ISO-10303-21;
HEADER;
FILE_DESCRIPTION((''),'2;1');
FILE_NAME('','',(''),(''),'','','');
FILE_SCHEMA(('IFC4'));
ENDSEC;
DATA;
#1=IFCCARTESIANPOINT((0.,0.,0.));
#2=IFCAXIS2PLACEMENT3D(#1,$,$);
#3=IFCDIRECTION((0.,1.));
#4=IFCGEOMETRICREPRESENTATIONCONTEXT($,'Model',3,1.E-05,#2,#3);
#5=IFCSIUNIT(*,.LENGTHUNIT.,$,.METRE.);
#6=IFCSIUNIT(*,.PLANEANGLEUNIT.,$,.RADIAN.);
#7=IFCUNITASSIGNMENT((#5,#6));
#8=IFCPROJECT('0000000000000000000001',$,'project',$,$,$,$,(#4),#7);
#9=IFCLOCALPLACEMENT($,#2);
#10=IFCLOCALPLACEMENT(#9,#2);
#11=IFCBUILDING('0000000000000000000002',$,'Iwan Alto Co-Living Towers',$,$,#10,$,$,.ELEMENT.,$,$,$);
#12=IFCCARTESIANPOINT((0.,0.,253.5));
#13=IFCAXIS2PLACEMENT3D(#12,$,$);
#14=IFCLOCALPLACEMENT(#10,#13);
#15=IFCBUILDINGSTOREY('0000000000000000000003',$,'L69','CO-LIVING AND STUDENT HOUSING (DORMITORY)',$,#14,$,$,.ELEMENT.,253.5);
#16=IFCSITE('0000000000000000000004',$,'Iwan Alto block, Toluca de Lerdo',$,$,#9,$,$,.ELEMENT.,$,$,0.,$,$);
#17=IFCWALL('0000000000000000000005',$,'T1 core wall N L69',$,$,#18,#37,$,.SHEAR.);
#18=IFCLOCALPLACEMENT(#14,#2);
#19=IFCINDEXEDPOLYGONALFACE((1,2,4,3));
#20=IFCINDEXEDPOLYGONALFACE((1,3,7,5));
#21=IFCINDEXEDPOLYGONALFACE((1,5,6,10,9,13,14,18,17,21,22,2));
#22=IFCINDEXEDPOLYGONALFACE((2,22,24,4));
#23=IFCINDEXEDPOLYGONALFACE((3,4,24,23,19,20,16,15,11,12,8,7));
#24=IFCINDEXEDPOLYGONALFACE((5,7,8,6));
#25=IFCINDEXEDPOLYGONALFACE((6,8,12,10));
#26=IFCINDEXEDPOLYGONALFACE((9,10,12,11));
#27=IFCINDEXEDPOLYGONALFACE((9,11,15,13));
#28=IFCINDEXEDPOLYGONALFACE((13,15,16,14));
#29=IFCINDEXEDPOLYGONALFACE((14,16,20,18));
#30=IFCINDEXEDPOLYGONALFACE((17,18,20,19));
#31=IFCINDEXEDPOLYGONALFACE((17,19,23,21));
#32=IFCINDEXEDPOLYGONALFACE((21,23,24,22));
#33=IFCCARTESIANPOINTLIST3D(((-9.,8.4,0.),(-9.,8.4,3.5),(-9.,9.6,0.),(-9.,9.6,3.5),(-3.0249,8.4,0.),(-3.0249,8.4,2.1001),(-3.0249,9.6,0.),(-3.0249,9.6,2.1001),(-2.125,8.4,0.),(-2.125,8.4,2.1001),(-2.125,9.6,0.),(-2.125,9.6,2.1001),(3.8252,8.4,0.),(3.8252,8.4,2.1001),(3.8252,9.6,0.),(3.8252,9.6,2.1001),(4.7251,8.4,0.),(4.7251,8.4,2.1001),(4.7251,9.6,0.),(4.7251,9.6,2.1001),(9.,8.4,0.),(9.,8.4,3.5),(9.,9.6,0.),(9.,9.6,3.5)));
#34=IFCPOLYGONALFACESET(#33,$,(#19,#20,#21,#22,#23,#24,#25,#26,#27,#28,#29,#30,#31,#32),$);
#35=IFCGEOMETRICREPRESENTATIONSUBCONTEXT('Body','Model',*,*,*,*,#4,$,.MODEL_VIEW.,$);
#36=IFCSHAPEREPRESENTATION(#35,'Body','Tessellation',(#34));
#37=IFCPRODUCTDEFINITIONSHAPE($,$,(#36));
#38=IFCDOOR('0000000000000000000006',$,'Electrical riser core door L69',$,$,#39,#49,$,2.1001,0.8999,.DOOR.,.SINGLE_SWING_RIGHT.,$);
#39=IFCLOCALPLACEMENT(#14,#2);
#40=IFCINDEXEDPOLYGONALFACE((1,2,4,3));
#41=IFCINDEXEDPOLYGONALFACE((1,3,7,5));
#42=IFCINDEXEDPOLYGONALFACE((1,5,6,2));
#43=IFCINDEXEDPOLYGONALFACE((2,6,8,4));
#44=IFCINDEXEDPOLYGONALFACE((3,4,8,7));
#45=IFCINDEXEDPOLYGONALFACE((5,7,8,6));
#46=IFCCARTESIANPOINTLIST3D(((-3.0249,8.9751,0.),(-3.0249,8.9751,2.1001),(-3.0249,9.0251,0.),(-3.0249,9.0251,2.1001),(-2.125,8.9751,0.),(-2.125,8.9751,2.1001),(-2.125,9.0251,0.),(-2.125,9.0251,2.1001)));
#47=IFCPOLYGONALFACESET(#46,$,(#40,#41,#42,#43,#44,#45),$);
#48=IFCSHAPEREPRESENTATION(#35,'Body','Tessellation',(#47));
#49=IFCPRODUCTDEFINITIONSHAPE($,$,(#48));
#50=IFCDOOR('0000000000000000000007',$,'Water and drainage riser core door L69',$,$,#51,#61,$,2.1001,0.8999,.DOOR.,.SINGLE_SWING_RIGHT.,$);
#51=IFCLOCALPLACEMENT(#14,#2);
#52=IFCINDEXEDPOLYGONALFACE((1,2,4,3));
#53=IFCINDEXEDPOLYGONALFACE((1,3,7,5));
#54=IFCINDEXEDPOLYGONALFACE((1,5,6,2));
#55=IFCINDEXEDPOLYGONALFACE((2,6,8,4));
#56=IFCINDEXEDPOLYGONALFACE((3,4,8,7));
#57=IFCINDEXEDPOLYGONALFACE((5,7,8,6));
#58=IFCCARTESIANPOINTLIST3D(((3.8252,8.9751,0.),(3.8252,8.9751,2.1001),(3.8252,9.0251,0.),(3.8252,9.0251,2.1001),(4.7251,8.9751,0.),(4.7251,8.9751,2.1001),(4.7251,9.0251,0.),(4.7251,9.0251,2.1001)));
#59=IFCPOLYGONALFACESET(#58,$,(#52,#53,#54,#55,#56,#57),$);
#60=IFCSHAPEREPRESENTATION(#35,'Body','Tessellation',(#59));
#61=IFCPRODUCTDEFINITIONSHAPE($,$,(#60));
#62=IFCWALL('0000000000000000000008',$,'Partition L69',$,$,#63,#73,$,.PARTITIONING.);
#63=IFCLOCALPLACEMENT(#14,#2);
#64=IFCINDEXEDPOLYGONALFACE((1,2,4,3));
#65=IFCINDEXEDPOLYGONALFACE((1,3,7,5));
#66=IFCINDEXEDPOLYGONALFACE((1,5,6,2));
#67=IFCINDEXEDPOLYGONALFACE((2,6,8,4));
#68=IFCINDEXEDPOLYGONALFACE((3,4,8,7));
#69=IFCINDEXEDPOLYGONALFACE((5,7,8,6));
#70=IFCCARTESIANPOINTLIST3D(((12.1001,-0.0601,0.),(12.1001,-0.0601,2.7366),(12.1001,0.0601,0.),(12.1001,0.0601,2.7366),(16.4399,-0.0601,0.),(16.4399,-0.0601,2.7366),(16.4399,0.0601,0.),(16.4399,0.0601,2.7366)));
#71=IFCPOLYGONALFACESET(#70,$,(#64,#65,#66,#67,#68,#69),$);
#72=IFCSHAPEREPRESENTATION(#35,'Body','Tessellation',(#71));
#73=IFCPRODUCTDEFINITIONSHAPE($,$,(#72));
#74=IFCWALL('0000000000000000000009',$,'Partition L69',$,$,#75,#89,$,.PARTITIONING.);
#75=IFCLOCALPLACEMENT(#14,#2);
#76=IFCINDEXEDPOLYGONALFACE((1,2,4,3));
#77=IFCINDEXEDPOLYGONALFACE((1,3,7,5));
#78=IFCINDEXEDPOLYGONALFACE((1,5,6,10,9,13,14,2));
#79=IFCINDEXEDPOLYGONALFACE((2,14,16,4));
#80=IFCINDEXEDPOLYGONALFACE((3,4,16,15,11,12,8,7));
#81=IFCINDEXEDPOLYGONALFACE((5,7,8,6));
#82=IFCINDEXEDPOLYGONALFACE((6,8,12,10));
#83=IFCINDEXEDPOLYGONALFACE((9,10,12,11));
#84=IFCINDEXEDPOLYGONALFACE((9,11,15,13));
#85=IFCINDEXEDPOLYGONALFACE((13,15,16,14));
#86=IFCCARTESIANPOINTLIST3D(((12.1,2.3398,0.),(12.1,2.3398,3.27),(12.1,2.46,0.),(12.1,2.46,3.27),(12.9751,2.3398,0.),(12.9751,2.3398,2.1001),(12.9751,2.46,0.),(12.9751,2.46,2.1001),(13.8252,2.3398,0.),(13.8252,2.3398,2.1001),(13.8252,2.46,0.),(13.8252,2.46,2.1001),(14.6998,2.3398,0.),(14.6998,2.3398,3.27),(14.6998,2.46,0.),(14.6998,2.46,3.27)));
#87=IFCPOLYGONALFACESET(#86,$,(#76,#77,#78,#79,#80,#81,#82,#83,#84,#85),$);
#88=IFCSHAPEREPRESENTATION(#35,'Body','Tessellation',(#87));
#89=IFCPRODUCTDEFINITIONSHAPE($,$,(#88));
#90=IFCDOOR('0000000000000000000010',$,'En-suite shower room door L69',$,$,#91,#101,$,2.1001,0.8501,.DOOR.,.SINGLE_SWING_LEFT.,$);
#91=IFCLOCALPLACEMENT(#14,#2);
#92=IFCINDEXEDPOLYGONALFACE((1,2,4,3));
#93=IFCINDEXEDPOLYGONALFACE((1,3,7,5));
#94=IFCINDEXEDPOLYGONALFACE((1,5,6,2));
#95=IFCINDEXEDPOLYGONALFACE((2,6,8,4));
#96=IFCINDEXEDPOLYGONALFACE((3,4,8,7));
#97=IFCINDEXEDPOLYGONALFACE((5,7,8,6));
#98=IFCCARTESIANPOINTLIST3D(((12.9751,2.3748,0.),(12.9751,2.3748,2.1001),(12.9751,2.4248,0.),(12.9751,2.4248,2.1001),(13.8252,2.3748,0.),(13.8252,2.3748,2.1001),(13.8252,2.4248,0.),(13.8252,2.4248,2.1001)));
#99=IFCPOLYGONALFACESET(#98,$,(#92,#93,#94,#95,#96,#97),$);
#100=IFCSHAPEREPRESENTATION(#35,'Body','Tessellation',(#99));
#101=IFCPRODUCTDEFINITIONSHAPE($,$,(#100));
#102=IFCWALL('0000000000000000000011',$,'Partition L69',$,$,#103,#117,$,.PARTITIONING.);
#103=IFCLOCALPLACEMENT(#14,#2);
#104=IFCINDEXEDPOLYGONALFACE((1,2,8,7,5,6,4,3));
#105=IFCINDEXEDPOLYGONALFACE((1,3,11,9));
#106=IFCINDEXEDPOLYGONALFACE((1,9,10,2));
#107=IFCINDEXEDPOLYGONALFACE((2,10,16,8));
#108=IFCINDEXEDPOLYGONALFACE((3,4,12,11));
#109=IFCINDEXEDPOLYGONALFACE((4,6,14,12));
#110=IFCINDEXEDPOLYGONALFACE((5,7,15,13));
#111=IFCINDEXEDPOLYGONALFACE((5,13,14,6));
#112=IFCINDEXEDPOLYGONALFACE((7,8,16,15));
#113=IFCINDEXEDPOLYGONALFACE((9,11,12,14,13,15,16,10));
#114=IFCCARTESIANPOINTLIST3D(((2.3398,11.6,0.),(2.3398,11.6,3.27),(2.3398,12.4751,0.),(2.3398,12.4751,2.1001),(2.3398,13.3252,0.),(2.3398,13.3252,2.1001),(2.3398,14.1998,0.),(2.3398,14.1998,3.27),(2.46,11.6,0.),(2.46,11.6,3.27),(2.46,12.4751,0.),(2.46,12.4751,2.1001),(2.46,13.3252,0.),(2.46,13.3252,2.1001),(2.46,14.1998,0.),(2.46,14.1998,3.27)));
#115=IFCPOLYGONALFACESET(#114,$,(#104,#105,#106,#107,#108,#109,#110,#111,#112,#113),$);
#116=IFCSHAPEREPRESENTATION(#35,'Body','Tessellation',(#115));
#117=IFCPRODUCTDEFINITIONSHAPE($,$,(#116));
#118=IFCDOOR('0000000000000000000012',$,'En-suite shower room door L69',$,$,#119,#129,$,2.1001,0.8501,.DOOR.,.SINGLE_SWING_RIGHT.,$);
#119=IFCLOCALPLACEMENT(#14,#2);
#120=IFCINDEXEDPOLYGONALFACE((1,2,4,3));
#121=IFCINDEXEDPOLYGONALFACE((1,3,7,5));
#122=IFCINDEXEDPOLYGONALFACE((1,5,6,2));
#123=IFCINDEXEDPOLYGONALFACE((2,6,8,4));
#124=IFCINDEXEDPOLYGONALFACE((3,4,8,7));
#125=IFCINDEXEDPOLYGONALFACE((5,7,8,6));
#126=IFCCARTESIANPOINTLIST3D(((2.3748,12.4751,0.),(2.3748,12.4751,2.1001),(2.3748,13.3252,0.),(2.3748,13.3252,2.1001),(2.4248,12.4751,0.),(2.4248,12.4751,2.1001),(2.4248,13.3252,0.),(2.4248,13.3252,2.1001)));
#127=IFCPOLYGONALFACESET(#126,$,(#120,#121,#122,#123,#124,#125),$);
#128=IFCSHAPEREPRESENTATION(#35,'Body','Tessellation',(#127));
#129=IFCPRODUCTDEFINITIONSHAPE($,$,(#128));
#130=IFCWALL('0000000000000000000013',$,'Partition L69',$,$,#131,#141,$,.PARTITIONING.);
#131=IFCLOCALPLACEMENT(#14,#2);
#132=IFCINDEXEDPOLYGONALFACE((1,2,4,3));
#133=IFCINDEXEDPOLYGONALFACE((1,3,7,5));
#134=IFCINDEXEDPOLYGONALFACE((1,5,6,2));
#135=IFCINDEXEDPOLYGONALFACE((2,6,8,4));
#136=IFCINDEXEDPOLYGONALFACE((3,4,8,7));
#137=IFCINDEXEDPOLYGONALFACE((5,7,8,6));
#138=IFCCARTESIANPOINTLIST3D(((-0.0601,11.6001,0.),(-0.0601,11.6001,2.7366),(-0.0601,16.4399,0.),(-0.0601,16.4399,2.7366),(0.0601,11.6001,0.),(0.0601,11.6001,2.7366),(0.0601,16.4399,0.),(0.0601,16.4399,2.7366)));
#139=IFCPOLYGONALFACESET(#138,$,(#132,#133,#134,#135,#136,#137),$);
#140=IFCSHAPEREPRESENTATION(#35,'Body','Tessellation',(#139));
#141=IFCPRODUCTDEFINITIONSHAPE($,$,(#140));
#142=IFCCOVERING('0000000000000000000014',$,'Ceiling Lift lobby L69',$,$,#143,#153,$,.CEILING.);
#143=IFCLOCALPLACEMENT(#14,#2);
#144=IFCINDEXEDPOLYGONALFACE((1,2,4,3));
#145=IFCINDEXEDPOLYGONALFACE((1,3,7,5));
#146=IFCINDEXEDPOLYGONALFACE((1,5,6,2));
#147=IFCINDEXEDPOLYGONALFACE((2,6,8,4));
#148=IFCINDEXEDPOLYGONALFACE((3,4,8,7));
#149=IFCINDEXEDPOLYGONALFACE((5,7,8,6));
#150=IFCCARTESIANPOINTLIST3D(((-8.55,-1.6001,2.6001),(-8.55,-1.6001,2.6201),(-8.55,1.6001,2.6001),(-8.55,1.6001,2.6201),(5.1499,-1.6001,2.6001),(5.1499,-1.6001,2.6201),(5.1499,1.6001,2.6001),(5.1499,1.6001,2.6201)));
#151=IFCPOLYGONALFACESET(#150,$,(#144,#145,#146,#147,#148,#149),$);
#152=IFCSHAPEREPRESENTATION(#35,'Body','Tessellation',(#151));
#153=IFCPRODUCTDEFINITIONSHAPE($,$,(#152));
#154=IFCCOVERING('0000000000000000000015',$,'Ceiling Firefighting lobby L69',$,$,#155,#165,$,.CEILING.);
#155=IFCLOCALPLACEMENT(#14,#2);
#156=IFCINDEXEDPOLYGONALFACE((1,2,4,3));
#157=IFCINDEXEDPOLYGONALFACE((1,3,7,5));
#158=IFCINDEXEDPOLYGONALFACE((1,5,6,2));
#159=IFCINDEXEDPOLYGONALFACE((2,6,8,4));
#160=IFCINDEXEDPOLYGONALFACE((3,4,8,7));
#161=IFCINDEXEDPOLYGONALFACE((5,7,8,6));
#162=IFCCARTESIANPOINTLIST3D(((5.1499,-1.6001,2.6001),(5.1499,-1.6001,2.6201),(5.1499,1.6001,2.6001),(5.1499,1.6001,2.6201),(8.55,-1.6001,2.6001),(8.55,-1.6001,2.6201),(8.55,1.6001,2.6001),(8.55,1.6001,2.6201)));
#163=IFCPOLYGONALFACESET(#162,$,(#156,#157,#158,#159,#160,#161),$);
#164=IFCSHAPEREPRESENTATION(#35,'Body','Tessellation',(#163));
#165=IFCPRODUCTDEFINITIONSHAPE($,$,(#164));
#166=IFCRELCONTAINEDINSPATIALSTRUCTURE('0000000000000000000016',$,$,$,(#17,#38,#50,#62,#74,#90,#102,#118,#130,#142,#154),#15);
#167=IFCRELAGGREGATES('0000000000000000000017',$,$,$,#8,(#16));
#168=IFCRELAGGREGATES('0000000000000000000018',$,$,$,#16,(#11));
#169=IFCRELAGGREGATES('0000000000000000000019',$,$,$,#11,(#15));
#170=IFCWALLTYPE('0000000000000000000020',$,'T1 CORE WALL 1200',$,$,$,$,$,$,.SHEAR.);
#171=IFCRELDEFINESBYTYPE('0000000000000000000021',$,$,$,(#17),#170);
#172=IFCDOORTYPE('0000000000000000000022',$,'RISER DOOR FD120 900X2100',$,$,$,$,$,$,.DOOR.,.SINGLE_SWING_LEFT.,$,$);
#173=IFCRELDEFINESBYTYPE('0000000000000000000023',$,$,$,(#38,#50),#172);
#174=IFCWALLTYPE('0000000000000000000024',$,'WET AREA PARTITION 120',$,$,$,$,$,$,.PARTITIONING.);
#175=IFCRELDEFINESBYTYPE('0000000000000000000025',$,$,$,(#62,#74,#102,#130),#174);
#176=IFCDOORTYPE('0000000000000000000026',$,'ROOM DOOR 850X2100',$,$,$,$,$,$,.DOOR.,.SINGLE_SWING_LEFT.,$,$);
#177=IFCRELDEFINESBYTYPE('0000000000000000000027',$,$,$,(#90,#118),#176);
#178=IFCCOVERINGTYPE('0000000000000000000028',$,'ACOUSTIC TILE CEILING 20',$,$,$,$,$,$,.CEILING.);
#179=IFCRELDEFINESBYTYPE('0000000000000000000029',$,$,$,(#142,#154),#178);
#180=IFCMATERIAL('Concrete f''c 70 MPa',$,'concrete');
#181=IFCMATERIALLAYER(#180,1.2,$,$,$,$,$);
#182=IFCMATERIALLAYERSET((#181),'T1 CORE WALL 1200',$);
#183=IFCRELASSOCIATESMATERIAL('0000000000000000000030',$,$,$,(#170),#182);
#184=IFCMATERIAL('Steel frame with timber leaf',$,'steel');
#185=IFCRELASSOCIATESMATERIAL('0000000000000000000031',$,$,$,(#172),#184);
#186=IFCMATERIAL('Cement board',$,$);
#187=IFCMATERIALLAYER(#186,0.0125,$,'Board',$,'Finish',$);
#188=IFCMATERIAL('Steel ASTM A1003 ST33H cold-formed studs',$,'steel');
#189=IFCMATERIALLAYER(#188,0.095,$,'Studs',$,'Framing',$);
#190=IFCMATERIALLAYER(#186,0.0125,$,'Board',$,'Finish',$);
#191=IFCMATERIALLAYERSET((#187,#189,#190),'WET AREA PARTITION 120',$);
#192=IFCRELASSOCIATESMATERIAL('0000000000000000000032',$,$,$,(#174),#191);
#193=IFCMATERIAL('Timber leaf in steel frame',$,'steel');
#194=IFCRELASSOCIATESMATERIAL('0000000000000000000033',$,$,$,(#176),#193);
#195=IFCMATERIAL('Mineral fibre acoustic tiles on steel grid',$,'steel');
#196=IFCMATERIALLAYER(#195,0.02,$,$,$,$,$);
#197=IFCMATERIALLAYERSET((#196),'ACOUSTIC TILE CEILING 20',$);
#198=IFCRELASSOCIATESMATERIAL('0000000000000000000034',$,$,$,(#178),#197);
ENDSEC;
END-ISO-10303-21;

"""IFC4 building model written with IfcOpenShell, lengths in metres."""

from ifc_helpers import new_model, si_unit, direction, frame, frame_2d, origin, place, context, subcontext, project, spatial, polyline, rectangle, outline, extrude, material, layer, layer_set, type_object, element, fill, save


model = new_model("IFC4")

# Units and contexts
model_context = context("Model", 3, precision=1e-05, world=origin(), true_north=direction((0.0, 1.0)))
body_context = subcontext(model_context, "Body", "Model", "MODEL_VIEW")
ifc_project = project(units=[si_unit("LENGTHUNIT", "METRE"), si_unit("PLANEANGLEUNIT", "RADIAN")], contexts=[model_context])

# Site, building, storey
site_placement = place(None, origin())
site = spatial("IfcSite", under=ifc_project, at=site_placement, Name="Iwan Alto block, Toluca de Lerdo", CompositionType="ELEMENT", RefElevation=0.0)
building_placement = place(site_placement, origin())
building = spatial("IfcBuilding", under=site, at=building_placement, Name="Iwan Alto Co-Living Towers", CompositionType="ELEMENT")
storey_placement = place(building_placement, frame((0.0, 0.0, 253.5)))
storey = spatial("IfcBuildingStorey", under=building, at=storey_placement, Name="L69", Description="CO-LIVING AND STUDENT HOUSING (DORMITORY)", CompositionType="ELEMENT", Elevation=253.5)

# Shared definitions
ifc_material_1 = material(Name="Steel ASTM A1003 ST33H cold-formed studs", Category="steel")

# Wall, openings, doors
ifc_material_2 = material(Name="Concrete f'c 70 MPa", Category="concrete")
ifc_layer_1 = layer(ifc_material_2, 1.2)
ifc_layer_set_1 = layer_set([ifc_layer_1], Name="T1 CORE WALL 1200")
wall_type_1 = type_object("IfcWallType", Name="T1 CORE WALL 1200", PredefinedType="SHEAR", material=ifc_layer_set_1)
wall_1_placement = place(storey_placement, frame((9.0, 9.0, 0.0), z_axis=(0.0, 0.0, 1.0), x_axis=(-1.0, 0.0, 0.0)))
wall_1 = element("IfcWall", 1, at=wall_1_placement, inside=storey, type_object=wall_type_1, Name="T1 core wall N L69", PredefinedType="SHEAR", context=body_context, shape_type="SweptSolid", body=[
    extrude(rectangle(XDim=18.0, YDim=1.2, at=frame_2d((9.0, 0.0))), origin(), (0.0, 0.0, 1.0), 3.5),
])
opening_1_placement = place(wall_1_placement, frame((11.125, 0.0, 0.0)))
opening_1 = element("IfcOpeningElement", 2, at=opening_1_placement, cuts=wall_1, PredefinedType="OPENING", context=body_context, shape_type="SweptSolid", body=[
    extrude(rectangle(XDim=0.8999, YDim=2.1001, at=frame_2d((0.45, 1.05))), frame((0.0, 0.6099, 0.0), z_axis=(0.0, -1.0, 0.0), x_axis=(1.0, 0.0, 0.0)), (0.0, 0.0, 1.0), 1.22),
])
opening_2_placement = place(wall_1_placement, frame((4.2749, 0.0, 0.0)))
opening_2 = element("IfcOpeningElement", 3, at=opening_2_placement, cuts=wall_1, PredefinedType="OPENING", context=body_context, shape_type="SweptSolid", body=[
    extrude(rectangle(XDim=0.8999, YDim=2.1001, at=frame_2d((0.45, 1.05))), frame((0.0, 0.6099, 0.0), z_axis=(0.0, -1.0, 0.0), x_axis=(1.0, 0.0, 0.0)), (0.0, 0.0, 1.0), 1.22),
])
ifc_material_3 = material(Name="Steel frame with timber leaf", Category="steel")
door_type_1 = type_object("IfcDoorType", Name="RISER DOOR FD120 900X2100", OperationType="SINGLE_SWING_LEFT", PredefinedType="DOOR", material=ifc_material_3)
door_1_placement = place(opening_1_placement, origin())
door_1 = element("IfcDoor", 4, at=door_1_placement, inside=storey, type_object=door_type_1, Name="Electrical riser core door L69", OperationType="SINGLE_SWING_RIGHT", OverallHeight=2.1001, OverallWidth=0.8999, PredefinedType="DOOR", context=body_context, shape_type="SweptSolid", body=[
    extrude(rectangle(XDim=0.8999, YDim=2.1001, at=frame_2d((0.45, 1.05))), frame((0.0, 0.0249, 0.0), z_axis=(0.0, -1.0, 0.0), x_axis=(1.0, 0.0, 0.0)), (0.0, 0.0, 1.0), 0.05),
])
fill(opening_1, door_1)
door_2_placement = place(opening_2_placement, origin())
door_2 = element("IfcDoor", 5, at=door_2_placement, inside=storey, type_object=door_type_1, Name="Water and drainage riser core door L69", OperationType="SINGLE_SWING_RIGHT", OverallHeight=2.1001, OverallWidth=0.8999, PredefinedType="DOOR", context=body_context, shape_type="SweptSolid", body=[
    extrude(rectangle(XDim=0.8999, YDim=2.1001, at=frame_2d((0.45, 1.05))), frame((0.0, 0.0249, 0.0), z_axis=(0.0, -1.0, 0.0), x_axis=(1.0, 0.0, 0.0)), (0.0, 0.0, 1.0), 0.05),
])
fill(opening_2, door_2)

# Wall
ifc_material_4 = material(Name="Cement board")
ifc_layer_2 = layer(ifc_material_4, 0.0125, Name="Board", Category="Finish")
ifc_layer_3 = layer(ifc_material_1, 0.095, Name="Studs", Category="Framing")
ifc_layer_4 = layer(ifc_material_4, 0.0125, Name="Board", Category="Finish")
ifc_layer_set_2 = layer_set([ifc_layer_2, ifc_layer_3, ifc_layer_4], Name="WET AREA PARTITION 120")
wall_type_2 = type_object("IfcWallType", Name="WET AREA PARTITION 120", PredefinedType="PARTITIONING", material=ifc_layer_set_2)
wall_2_placement = place(storey_placement, frame((12.1001, 0.0, 0.0), z_axis=(0.0, 0.0, 1.0), x_axis=(1.0, 0.0, 0.0)))
element("IfcWall", 6, at=wall_2_placement, inside=storey, type_object=wall_type_2, Name="Partition L69", PredefinedType="PARTITIONING", context=body_context, shape_type="SweptSolid", body=[
    extrude(rectangle(XDim=4.3398, YDim=0.1201, at=frame_2d((2.1699, 0.0))), origin(), (0.0, 0.0, 1.0), 2.7366),
])

# Walls, openings, doors
wall_3_placement = place(storey_placement, frame((12.1001, 2.3999, 0.0), z_axis=(0.0, 0.0, 1.0), x_axis=(1.0, 0.0, 0.0)))
wall_3 = element("IfcWall", 7, at=wall_3_placement, inside=storey, type_object=wall_type_2, Name="Partition L69", PredefinedType="PARTITIONING", context=body_context, shape_type="SweptSolid", body=[
    extrude(rectangle(XDim=2.5999, YDim=0.1201, at=frame_2d((1.2998, 0.0))), origin(), (0.0, 0.0, 1.0), 3.27),
])
opening_3_placement = place(wall_3_placement, frame((0.875, 0.0, 0.0)))
opening_3 = element("IfcOpeningElement", 8, at=opening_3_placement, cuts=wall_3, PredefinedType="OPENING", context=body_context, shape_type="SweptSolid", body=[
    extrude(rectangle(XDim=0.8501, YDim=2.1001, at=frame_2d((0.425, 1.05))), frame((0.0, 0.0701, 0.0), z_axis=(0.0, -1.0, 0.0), x_axis=(1.0, 0.0, 0.0)), (0.0, 0.0, 1.0), 0.1401),
])
ifc_material_5 = material(Name="Timber leaf in steel frame", Category="steel")
door_type_2 = type_object("IfcDoorType", Name="ROOM DOOR 850X2100", OperationType="SINGLE_SWING_LEFT", PredefinedType="DOOR", material=ifc_material_5)
door_3_placement = place(opening_3_placement, origin())
door_3 = element("IfcDoor", 9, at=door_3_placement, inside=storey, type_object=door_type_2, Name="En-suite shower room door L69", OperationType="SINGLE_SWING_LEFT", OverallHeight=2.1001, OverallWidth=0.8501, PredefinedType="DOOR", context=body_context, shape_type="SweptSolid", body=[
    extrude(rectangle(XDim=0.8501, YDim=2.1001, at=frame_2d((0.425, 1.05))), frame((0.0, 0.0249, 0.0), z_axis=(0.0, -1.0, 0.0), x_axis=(1.0, 0.0, 0.0)), (0.0, 0.0, 1.0), 0.05),
])
fill(opening_3, door_3)
wall_4_placement = place(storey_placement, frame((2.3999, 11.6001, 0.0), z_axis=(0.0, 0.0, 1.0), x_axis=(0.0, 1.0, 0.0)))
wall_4 = element("IfcWall", 10, at=wall_4_placement, inside=storey, type_object=wall_type_2, Name="Partition L69", PredefinedType="PARTITIONING", context=body_context, shape_type="SweptSolid", body=[
    extrude(rectangle(XDim=2.5999, YDim=0.1201, at=frame_2d((1.2998, 0.0))), origin(), (0.0, 0.0, 1.0), 3.27),
])
opening_4_placement = place(wall_4_placement, frame((0.875, 0.0, 0.0)))
opening_4 = element("IfcOpeningElement", 11, at=opening_4_placement, cuts=wall_4, PredefinedType="OPENING", context=body_context, shape_type="SweptSolid", body=[
    extrude(rectangle(XDim=0.8501, YDim=2.1001, at=frame_2d((0.425, 1.05))), frame((0.0, 0.0701, 0.0), z_axis=(0.0, -1.0, 0.0), x_axis=(1.0, 0.0, 0.0)), (0.0, 0.0, 1.0), 0.1401),
])
door_4_placement = place(opening_4_placement, frame((0.8501, 0.0, 0.0), z_axis=(0.0, 0.0, 1.0), x_axis=(-1.0, 0.0, 0.0)))
door_4 = element("IfcDoor", 12, at=door_4_placement, inside=storey, type_object=door_type_2, Name="En-suite shower room door L69", OperationType="SINGLE_SWING_RIGHT", OverallHeight=2.1001, OverallWidth=0.8501, PredefinedType="DOOR", context=body_context, shape_type="SweptSolid", body=[
    extrude(rectangle(XDim=0.8501, YDim=2.1001, at=frame_2d((0.425, 1.05))), frame((0.0, 0.0249, 0.0), z_axis=(0.0, -1.0, 0.0), x_axis=(1.0, 0.0, 0.0)), (0.0, 0.0, 1.0), 0.05),
])
fill(opening_4, door_4)

# Wall
wall_5_placement = place(storey_placement, frame((0.0, 11.6001, 0.0), z_axis=(0.0, 0.0, 1.0), x_axis=(0.0, 1.0, 0.0)))
element("IfcWall", 13, at=wall_5_placement, inside=storey, type_object=wall_type_2, Name="Partition L69", PredefinedType="PARTITIONING", context=body_context, shape_type="SweptSolid", body=[
    extrude(rectangle(XDim=4.8398, YDim=0.1201, at=frame_2d((2.4199, 0.0))), origin(), (0.0, 0.0, 1.0), 2.7366),
])

# Coverings
ifc_material_6 = material(Name="Mineral fibre acoustic tiles on steel grid", Category="steel")
ifc_layer_5 = layer(ifc_material_6, 0.02)
ifc_layer_set_3 = layer_set([ifc_layer_5], Name="ACOUSTIC TILE CEILING 20")
covering_type_1 = type_object("IfcCoveringType", Name="ACOUSTIC TILE CEILING 20", PredefinedType="CEILING", material=ifc_layer_set_3)
covering_1_placement = place(storey_placement, frame((0.0, 0.0, 2.6001)))
element("IfcCovering", 14, at=covering_1_placement, inside=storey, type_object=covering_type_1, Name="Ceiling Lift lobby L69", PredefinedType="CEILING", context=body_context, shape_type="SweptSolid", body=[
    extrude(outline(polyline([(-8.55, -1.6001), (-8.55, 1.6001), (5.1499, 1.6001), (5.1499, -1.6001), (-8.55, -1.6001)])), origin(), (0.0, 0.0, 1.0), 0.02),
])
covering_2_placement = place(storey_placement, frame((0.0, 0.0, 2.6001)))
element("IfcCovering", 15, at=covering_2_placement, inside=storey, type_object=covering_type_1, Name="Ceiling Firefighting lobby L69", PredefinedType="CEILING", context=body_context, shape_type="SweptSolid", body=[
    extrude(outline(polyline([(5.1499, -1.6001), (5.1499, 1.6001), (8.55, 1.6001), (8.55, -1.6001), (5.1499, -1.6001)])), origin(), (0.0, 0.0, 1.0), 0.02),
])

save(model, "model.ifc")
